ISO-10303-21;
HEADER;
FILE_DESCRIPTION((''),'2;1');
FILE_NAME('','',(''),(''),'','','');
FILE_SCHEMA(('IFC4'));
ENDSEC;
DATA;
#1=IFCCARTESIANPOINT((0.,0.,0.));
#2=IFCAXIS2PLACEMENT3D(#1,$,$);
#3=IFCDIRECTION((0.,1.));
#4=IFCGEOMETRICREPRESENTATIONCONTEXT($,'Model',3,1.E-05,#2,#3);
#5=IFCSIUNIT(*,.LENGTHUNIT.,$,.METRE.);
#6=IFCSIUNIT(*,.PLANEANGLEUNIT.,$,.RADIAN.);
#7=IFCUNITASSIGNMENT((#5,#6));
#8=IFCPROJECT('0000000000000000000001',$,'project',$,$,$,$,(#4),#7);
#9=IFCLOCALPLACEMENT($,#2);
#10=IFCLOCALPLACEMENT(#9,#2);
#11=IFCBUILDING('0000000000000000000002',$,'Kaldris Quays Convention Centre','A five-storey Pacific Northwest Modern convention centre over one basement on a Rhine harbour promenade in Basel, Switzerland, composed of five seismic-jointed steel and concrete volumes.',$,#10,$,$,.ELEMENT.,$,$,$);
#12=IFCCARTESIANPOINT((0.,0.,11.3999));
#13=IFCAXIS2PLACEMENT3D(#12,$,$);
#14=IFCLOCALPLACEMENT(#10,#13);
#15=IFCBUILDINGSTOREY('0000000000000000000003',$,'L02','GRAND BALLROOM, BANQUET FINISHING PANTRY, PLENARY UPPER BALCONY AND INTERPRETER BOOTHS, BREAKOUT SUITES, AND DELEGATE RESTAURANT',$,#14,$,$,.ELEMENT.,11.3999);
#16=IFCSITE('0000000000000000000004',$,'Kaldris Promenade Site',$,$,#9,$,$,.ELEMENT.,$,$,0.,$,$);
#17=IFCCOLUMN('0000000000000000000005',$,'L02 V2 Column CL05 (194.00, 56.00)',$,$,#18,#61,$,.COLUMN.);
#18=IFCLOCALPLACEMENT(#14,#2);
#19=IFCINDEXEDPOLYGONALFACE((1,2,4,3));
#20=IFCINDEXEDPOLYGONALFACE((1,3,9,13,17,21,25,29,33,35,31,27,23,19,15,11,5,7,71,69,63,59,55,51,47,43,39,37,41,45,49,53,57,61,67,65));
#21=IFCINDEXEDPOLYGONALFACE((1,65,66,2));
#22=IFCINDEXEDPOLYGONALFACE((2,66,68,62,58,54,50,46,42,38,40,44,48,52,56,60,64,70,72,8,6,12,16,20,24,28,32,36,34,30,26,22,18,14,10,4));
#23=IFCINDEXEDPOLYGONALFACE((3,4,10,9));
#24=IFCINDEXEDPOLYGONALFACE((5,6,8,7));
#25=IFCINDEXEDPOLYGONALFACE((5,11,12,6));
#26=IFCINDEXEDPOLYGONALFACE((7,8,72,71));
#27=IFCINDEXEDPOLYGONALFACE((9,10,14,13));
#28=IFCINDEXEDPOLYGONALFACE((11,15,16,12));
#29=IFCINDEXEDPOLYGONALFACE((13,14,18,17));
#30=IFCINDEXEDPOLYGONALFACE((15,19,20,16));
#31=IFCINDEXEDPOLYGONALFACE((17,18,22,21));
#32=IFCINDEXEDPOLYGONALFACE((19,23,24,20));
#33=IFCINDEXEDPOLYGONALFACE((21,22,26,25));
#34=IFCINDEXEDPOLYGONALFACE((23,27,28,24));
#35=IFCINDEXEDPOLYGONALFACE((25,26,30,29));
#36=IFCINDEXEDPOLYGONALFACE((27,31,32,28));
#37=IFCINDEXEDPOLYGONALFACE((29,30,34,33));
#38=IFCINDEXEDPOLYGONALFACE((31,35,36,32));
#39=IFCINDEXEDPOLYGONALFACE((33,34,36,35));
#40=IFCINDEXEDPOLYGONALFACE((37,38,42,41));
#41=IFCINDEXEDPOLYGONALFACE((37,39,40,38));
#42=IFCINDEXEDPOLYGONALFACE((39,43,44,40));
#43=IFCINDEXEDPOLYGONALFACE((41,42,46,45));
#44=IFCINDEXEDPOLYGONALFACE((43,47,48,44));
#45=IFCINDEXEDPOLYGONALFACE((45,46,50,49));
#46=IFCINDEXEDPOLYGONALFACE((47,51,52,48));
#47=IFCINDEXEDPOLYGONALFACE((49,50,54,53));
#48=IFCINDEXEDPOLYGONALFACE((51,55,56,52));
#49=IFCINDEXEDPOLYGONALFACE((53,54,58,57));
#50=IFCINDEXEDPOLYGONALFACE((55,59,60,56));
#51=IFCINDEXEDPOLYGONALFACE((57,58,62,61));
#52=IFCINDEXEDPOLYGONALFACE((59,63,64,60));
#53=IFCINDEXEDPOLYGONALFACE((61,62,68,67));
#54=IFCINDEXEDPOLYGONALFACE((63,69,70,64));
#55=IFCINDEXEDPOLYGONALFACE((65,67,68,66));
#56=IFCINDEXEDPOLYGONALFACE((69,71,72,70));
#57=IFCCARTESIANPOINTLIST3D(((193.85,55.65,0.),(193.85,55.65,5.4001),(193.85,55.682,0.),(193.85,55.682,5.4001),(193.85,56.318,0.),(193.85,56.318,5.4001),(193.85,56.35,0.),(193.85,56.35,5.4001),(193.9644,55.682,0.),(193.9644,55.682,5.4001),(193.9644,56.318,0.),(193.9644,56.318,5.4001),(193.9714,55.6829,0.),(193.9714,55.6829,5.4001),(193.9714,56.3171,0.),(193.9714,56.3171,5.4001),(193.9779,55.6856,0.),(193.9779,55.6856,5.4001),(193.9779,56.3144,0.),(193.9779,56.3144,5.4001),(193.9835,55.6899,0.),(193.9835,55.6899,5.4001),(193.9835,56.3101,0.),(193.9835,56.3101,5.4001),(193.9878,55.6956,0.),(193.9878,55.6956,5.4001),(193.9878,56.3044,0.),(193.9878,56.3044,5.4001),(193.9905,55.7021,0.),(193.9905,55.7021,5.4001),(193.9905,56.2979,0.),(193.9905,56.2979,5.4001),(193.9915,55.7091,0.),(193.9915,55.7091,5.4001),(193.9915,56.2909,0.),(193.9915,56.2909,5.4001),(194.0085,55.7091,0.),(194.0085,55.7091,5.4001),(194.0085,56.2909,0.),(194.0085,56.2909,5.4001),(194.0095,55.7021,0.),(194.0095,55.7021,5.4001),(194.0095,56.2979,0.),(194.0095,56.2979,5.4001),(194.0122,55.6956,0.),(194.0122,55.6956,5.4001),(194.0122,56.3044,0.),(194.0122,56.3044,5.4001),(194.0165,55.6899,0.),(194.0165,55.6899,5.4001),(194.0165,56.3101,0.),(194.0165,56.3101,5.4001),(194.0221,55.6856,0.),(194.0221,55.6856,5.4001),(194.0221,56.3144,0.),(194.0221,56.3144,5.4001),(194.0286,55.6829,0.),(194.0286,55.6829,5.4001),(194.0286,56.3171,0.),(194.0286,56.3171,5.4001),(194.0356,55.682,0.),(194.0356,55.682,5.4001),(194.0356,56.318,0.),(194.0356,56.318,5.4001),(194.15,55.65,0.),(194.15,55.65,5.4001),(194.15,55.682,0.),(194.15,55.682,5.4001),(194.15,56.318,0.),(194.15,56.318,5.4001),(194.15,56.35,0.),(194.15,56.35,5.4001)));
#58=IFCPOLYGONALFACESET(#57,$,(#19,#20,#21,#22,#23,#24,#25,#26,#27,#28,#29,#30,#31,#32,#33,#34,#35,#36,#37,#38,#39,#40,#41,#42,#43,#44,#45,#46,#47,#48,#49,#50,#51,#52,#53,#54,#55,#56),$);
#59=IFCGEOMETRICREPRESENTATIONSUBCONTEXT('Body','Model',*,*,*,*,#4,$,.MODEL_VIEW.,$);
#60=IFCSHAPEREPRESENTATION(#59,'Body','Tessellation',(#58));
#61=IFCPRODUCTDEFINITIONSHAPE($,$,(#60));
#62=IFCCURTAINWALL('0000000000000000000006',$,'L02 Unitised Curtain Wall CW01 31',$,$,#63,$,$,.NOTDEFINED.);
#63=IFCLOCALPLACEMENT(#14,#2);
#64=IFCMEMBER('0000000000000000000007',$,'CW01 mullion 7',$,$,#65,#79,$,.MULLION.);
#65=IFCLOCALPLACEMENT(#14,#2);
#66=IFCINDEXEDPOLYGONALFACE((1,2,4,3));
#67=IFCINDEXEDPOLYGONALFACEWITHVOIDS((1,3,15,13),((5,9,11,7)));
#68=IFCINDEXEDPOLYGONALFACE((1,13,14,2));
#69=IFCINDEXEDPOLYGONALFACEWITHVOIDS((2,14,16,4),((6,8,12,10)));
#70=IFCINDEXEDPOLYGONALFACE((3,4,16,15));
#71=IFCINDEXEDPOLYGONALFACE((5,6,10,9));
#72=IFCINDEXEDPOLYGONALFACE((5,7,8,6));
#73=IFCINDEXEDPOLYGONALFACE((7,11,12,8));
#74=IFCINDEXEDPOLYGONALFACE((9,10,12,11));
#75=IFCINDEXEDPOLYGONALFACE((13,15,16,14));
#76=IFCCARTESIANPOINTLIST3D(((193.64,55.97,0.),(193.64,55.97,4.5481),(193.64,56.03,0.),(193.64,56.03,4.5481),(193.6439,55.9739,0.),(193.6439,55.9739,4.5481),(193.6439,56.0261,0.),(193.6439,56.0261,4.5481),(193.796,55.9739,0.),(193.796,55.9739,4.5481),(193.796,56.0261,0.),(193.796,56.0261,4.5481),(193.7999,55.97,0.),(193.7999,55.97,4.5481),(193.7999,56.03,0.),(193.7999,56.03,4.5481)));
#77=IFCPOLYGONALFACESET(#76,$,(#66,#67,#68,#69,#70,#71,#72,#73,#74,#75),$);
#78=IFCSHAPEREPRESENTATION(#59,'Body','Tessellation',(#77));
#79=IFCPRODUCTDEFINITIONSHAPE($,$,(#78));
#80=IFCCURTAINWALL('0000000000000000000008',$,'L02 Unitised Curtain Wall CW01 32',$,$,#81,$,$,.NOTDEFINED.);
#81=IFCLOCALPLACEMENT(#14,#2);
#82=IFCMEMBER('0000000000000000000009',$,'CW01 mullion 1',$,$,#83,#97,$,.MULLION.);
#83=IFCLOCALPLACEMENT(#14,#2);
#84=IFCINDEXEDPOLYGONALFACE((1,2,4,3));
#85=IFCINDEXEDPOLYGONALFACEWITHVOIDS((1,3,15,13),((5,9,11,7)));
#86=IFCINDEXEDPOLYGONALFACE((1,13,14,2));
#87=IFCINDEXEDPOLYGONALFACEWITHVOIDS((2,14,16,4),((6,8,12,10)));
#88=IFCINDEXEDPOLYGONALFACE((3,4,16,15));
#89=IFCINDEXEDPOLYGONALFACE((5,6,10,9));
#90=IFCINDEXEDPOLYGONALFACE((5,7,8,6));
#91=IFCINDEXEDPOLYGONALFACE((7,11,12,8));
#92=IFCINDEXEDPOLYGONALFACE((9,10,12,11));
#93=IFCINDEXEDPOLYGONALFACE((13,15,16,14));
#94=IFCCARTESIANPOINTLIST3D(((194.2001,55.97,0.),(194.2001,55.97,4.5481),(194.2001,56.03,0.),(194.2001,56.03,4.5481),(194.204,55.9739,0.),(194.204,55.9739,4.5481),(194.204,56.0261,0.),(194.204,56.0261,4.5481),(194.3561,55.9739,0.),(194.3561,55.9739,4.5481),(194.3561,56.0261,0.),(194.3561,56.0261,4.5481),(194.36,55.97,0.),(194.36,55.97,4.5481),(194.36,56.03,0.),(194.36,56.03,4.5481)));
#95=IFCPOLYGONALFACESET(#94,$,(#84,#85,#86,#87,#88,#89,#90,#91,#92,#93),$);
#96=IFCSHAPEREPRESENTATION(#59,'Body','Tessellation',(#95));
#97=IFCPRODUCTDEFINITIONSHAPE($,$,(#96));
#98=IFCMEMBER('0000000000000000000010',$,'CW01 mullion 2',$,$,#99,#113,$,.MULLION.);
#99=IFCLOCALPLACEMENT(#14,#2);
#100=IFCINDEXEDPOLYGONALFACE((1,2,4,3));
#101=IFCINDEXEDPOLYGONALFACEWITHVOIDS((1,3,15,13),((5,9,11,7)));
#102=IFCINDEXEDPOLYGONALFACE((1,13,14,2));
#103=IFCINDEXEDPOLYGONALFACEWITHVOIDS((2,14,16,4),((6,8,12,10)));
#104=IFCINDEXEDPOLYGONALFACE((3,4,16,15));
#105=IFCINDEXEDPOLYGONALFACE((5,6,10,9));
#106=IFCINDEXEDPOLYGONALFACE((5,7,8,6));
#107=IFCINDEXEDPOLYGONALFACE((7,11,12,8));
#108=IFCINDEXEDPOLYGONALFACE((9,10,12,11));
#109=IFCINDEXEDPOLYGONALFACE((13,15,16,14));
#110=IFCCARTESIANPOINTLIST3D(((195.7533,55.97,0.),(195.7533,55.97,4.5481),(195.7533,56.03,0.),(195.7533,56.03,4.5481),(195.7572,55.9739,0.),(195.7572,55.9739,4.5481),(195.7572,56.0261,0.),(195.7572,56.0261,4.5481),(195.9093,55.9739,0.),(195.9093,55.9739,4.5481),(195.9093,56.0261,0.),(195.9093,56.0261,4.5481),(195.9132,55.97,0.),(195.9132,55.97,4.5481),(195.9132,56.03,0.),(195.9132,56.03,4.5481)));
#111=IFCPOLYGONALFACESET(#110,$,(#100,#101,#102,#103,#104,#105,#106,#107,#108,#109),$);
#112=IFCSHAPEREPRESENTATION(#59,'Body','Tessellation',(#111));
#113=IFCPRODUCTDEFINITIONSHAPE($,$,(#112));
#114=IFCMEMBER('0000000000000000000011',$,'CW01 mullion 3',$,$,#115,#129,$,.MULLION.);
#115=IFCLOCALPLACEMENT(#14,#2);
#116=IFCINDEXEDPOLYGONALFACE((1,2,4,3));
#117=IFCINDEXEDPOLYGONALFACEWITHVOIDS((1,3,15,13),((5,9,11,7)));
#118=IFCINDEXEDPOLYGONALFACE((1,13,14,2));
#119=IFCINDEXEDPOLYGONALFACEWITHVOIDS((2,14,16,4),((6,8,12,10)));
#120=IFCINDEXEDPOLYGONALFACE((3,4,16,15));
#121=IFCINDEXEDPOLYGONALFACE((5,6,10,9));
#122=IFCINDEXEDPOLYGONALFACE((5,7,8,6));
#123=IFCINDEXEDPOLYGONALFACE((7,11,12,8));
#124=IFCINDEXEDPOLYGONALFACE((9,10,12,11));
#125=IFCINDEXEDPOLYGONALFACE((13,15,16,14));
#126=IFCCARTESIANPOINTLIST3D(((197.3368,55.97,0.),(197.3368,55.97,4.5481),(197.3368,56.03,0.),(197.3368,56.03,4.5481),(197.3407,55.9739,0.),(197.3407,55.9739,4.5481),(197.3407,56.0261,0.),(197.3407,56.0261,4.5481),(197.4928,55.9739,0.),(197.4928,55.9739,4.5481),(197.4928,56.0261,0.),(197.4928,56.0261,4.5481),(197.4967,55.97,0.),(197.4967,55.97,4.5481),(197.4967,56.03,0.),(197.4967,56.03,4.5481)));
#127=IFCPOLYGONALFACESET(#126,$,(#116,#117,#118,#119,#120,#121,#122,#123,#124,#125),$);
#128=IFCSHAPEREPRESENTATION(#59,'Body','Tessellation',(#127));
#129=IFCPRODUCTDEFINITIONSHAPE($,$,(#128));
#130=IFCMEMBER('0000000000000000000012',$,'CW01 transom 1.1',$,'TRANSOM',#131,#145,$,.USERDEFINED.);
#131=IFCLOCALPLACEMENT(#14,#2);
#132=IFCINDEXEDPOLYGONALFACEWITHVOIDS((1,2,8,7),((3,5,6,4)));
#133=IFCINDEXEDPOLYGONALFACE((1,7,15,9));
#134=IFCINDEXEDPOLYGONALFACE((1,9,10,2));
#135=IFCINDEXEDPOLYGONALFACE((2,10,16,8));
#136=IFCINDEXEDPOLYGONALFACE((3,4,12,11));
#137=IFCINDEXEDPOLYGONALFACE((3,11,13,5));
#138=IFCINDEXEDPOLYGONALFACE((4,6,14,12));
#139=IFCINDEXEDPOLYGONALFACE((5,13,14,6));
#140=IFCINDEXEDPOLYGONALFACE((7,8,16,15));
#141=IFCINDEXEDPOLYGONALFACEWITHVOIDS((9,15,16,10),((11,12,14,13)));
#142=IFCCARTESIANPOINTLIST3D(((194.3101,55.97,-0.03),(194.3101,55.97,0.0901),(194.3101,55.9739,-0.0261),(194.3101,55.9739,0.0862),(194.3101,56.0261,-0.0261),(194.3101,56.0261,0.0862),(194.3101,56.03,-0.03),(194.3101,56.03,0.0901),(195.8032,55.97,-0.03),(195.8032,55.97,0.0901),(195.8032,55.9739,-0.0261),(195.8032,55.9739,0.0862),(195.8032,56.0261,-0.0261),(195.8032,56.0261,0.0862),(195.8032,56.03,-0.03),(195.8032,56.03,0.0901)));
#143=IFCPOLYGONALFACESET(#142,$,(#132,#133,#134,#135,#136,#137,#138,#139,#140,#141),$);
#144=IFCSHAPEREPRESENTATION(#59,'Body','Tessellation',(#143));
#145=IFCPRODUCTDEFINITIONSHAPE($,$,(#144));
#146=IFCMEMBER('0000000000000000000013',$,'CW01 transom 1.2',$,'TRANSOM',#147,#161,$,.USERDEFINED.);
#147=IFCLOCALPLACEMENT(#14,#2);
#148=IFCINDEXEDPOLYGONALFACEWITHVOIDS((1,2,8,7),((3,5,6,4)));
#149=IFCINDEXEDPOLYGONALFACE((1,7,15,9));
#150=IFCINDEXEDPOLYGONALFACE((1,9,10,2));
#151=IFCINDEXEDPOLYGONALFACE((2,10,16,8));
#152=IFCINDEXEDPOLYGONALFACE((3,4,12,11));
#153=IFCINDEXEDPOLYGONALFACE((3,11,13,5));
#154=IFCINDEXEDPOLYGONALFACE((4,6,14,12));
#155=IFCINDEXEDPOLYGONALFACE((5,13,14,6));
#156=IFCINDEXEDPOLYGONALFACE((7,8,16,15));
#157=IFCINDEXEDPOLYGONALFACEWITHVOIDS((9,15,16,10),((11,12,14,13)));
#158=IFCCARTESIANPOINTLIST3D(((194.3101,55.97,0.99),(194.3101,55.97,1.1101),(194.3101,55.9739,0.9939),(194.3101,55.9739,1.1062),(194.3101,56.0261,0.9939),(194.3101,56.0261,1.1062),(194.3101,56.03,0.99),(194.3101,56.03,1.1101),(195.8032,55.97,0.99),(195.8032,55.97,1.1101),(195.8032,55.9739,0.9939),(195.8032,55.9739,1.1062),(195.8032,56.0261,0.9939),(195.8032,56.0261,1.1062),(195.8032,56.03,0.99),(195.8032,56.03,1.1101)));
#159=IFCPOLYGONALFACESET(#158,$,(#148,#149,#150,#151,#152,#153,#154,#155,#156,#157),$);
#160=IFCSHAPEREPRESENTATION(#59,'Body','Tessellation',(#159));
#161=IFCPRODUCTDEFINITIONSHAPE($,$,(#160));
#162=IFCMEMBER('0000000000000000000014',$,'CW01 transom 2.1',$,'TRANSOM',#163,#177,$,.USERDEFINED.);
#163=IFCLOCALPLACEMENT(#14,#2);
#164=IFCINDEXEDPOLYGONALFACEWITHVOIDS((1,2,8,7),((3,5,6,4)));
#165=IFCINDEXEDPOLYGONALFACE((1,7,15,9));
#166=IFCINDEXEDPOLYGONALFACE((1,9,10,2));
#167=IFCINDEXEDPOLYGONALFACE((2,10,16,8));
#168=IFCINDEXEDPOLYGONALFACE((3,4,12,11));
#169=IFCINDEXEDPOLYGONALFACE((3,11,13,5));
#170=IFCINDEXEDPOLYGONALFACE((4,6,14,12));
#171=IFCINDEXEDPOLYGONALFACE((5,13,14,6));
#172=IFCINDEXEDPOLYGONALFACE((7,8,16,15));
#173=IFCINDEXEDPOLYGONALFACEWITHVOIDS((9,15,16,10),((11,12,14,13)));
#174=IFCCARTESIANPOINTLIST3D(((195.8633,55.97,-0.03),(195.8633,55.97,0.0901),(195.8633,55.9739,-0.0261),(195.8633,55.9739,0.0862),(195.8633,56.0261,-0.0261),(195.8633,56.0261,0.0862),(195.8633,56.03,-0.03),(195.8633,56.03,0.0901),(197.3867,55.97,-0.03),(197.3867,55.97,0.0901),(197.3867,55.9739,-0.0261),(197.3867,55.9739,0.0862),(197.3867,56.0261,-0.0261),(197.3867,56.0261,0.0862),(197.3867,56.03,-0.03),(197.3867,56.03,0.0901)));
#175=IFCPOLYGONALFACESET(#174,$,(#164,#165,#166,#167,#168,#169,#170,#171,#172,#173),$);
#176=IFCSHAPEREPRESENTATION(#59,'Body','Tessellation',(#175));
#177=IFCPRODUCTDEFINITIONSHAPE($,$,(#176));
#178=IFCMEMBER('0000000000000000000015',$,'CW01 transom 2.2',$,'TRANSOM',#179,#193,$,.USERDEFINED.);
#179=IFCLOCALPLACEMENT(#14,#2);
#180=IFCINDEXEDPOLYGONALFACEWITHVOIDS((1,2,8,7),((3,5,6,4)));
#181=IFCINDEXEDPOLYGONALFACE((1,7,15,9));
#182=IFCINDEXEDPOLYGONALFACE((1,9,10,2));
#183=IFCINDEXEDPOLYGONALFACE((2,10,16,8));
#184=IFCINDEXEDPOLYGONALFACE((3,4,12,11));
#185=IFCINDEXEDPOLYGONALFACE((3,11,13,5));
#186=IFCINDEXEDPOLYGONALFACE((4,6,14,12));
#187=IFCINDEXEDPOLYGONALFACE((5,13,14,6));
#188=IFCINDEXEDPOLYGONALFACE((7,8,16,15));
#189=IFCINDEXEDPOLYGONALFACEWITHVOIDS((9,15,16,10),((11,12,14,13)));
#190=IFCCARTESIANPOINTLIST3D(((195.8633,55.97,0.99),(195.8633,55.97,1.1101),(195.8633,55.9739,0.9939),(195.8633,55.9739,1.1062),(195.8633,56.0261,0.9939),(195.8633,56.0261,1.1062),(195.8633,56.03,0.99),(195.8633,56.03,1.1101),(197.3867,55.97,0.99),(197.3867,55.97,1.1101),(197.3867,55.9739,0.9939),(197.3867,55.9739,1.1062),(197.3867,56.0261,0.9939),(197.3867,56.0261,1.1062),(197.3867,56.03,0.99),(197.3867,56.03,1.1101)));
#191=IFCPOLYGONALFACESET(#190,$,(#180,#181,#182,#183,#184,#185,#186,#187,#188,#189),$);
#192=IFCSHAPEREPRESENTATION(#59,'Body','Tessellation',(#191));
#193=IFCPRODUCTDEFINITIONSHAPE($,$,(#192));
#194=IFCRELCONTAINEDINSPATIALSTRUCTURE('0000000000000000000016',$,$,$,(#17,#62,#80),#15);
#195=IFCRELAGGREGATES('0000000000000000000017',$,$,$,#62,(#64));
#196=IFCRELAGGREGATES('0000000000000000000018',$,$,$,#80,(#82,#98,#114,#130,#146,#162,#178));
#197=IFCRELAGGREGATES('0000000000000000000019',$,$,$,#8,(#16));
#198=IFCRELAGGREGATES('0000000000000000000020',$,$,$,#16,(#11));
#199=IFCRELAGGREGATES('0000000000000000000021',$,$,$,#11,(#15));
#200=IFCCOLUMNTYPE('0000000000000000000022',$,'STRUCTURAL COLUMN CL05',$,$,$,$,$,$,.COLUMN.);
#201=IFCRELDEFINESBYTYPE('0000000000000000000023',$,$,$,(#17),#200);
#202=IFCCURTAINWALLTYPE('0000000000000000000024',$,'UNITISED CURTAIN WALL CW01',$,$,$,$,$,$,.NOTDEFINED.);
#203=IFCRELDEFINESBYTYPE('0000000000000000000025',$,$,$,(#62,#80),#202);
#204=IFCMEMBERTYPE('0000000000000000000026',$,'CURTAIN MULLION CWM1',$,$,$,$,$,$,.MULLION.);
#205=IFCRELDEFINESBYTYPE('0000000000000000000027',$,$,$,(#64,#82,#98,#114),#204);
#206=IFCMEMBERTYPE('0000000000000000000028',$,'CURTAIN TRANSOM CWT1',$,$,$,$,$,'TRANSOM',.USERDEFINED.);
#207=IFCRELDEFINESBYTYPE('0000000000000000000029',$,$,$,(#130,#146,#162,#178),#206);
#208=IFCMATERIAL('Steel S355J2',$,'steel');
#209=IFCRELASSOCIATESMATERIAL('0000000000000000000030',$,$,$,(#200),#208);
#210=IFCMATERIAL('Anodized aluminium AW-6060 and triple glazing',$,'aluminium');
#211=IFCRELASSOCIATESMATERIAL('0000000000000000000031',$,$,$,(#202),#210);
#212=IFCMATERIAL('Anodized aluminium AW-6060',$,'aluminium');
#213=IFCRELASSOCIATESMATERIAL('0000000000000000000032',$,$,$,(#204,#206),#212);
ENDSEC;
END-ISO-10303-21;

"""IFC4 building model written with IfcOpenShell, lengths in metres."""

from ifc_helpers import new_model, si_unit, direction, frame, origin, origin_2d, place, context, subcontext, project, spatial, hollow_rectangle, i_section, extrude, material, material_profile, profile_set, type_object, element, aggregate, save


model = new_model("IFC4")

# Units and contexts
model_context = context("Model", 3, precision=1e-05, world=origin(), true_north=direction((0.0, 1.0)))
body_context = subcontext(model_context, "Body", "Model", "MODEL_VIEW")
ifc_project = project(units=[si_unit("LENGTHUNIT", "METRE"), si_unit("PLANEANGLEUNIT", "RADIAN")], contexts=[model_context])

# Site, building, storey
site_placement = place(None, origin())
site = spatial("IfcSite", under=ifc_project, at=site_placement, Name="Kaldris Promenade Site", CompositionType="ELEMENT", RefElevation=0.0)
building_placement = place(site_placement, origin())
building = spatial("IfcBuilding", under=site, at=building_placement, Name="Kaldris Quays Convention Centre", Description="A five-storey Pacific Northwest Modern convention centre over one basement on a Rhine harbour promenade in Basel, Switzerland, composed of five seismic-jointed steel and concrete volumes.", CompositionType="ELEMENT")
storey_placement = place(building_placement, frame((0.0, 0.0, 11.3999)))
storey = spatial("IfcBuildingStorey", under=building, at=storey_placement, Name="L02", Description="GRAND BALLROOM, BANQUET FINISHING PANTRY, PLENARY UPPER BALCONY AND INTERPRETER BOOTHS, BREAKOUT SUITES, AND DELEGATE RESTAURANT", CompositionType="ELEMENT", Elevation=11.3999)

# Column
ifc_material_1 = material(Name="Steel S355J2", Category="steel")
ifc_material_profile_1 = material_profile(ifc_material_1, i_section(OverallWidth=0.3, OverallDepth=0.7, WebThickness=0.0171, FlangeThickness=0.032, FilletRadius=0.0271, at=origin_2d()), Name="HEB 700")
ifc_profile_set_1 = profile_set([ifc_material_profile_1], Name="Steel S355J2")
column_type = type_object("IfcColumnType", Name="STRUCTURAL COLUMN CL05", PredefinedType="COLUMN", material=ifc_profile_set_1)
column_placement = place(storey_placement, frame((194.0, 56.0, 0.0), z_axis=(0.0, 0.0, 1.0), x_axis=(1.0, 0.0, 0.0)))
element("IfcColumn", 1, at=column_placement, inside=storey, type_object=column_type, Name="L02 V2 Column CL05 (194.00, 56.00)", PredefinedType="COLUMN", context=body_context, shape_type="SweptSolid", body=[
    extrude(i_section(OverallWidth=0.3, OverallDepth=0.7, WebThickness=0.0171, FlangeThickness=0.032, FilletRadius=0.0271, at=origin_2d()), origin(), (0.0, 0.0, 1.0), 5.4001),
])

# Curtain wall, member
ifc_material_2 = material(Name="Anodized aluminium AW-6060 and triple glazing", Category="aluminium")
curtain_wall_type = type_object("IfcCurtainWallType", Name="UNITISED CURTAIN WALL CW01", PredefinedType="NOTDEFINED", material=ifc_material_2)
curtain_wall_1_placement = place(storey_placement, origin())
curtain_wall_1 = element("IfcCurtainWall", 2, at=curtain_wall_1_placement, inside=storey, type_object=curtain_wall_type, Name="L02 Unitised Curtain Wall CW01 31", PredefinedType="NOTDEFINED")
ifc_material_3 = material(Name="Anodized aluminium AW-6060", Category="aluminium")
ifc_material_profile_2 = material_profile(ifc_material_3, hollow_rectangle(XDim=0.0601, YDim=0.1599, WallThickness=0.0039, at=origin_2d()), Name="RHS 160x60x4")
ifc_profile_set_2 = profile_set([ifc_material_profile_2], Name="Anodized aluminium AW-6060")
member_type_1 = type_object("IfcMemberType", Name="CURTAIN MULLION CWM1", PredefinedType="MULLION", material=ifc_profile_set_2)
member_1_placement = place(storey_placement, frame((193.72, 56.0, 0.0), z_axis=(0.0, 0.0, 1.0), x_axis=(0.0, 1.0, 0.0)))
member_1 = element("IfcMember", 3, at=member_1_placement, type_object=member_type_1, Name="CW01 mullion 7", PredefinedType="MULLION", context=body_context, shape_type="SweptSolid", body=[
    extrude(hollow_rectangle(XDim=0.0601, YDim=0.1599, WallThickness=0.0039, at=origin_2d()), origin(), (0.0, 0.0, 1.0), 4.5481),
])
aggregate(curtain_wall_1, [member_1])

# Curtain wall, members
curtain_wall_2_placement = place(storey_placement, origin())
curtain_wall_2 = element("IfcCurtainWall", 4, at=curtain_wall_2_placement, inside=storey, type_object=curtain_wall_type, Name="L02 Unitised Curtain Wall CW01 32", PredefinedType="NOTDEFINED")
member_2_placement = place(storey_placement, frame((194.28, 56.0, 0.0), z_axis=(0.0, 0.0, 1.0), x_axis=(0.0, 1.0, 0.0)))
member_2 = element("IfcMember", 5, at=member_2_placement, type_object=member_type_1, Name="CW01 mullion 1", PredefinedType="MULLION", context=body_context, shape_type="SweptSolid", body=[
    extrude(hollow_rectangle(XDim=0.0601, YDim=0.1599, WallThickness=0.0039, at=origin_2d()), origin(), (0.0, 0.0, 1.0), 4.5481),
])
member_3_placement = place(storey_placement, frame((195.8333, 56.0, 0.0), z_axis=(0.0, 0.0, 1.0), x_axis=(0.0, 1.0, 0.0)))
member_3 = element("IfcMember", 6, at=member_3_placement, type_object=member_type_1, Name="CW01 mullion 2", PredefinedType="MULLION", context=body_context, shape_type="SweptSolid", body=[
    extrude(hollow_rectangle(XDim=0.0601, YDim=0.1599, WallThickness=0.0039, at=origin_2d()), origin(), (0.0, 0.0, 1.0), 4.5481),
])
member_4_placement = place(storey_placement, frame((197.4167, 56.0, 0.0), z_axis=(0.0, 0.0, 1.0), x_axis=(0.0, 1.0, 0.0)))
member_4 = element("IfcMember", 7, at=member_4_placement, type_object=member_type_1, Name="CW01 mullion 3", PredefinedType="MULLION", context=body_context, shape_type="SweptSolid", body=[
    extrude(hollow_rectangle(XDim=0.0601, YDim=0.1599, WallThickness=0.0039, at=origin_2d()), origin(), (0.0, 0.0, 1.0), 4.5481),
])
ifc_material_profile_3 = material_profile(ifc_material_3, hollow_rectangle(XDim=0.0601, YDim=0.1201, WallThickness=0.0039, at=origin_2d()), Name="RHS 120x60x4")
ifc_profile_set_3 = profile_set([ifc_material_profile_3], Name="Anodized aluminium AW-6060")
member_type_2 = type_object("IfcMemberType", Name="CURTAIN TRANSOM CWT1", ElementType="TRANSOM", PredefinedType="USERDEFINED", material=ifc_profile_set_3)
member_5_placement = place(storey_placement, frame((194.3101, 56.0, 0.03), z_axis=(1.0, 0.0, 0.0), x_axis=(0.0, 1.0, 0.0)))
member_5 = element("IfcMember", 8, at=member_5_placement, type_object=member_type_2, Name="CW01 transom 1.1", ObjectType="TRANSOM", PredefinedType="USERDEFINED", context=body_context, shape_type="SweptSolid", body=[
    extrude(hollow_rectangle(XDim=0.0601, YDim=0.1201, WallThickness=0.0039, at=origin_2d()), origin(), (0.0, 0.0, 1.0), 1.4932),
])
member_6_placement = place(storey_placement, frame((194.3101, 56.0, 1.05), z_axis=(1.0, 0.0, 0.0), x_axis=(0.0, 1.0, 0.0)))
member_6 = element("IfcMember", 9, at=member_6_placement, type_object=member_type_2, Name="CW01 transom 1.2", ObjectType="TRANSOM", PredefinedType="USERDEFINED", context=body_context, shape_type="SweptSolid", body=[
    extrude(hollow_rectangle(XDim=0.0601, YDim=0.1201, WallThickness=0.0039, at=origin_2d()), origin(), (0.0, 0.0, 1.0), 1.4932),
])
member_7_placement = place(storey_placement, frame((195.8633, 56.0, 0.03), z_axis=(1.0, 0.0, 0.0), x_axis=(0.0, 1.0, 0.0)))
member_7 = element("IfcMember", 10, at=member_7_placement, type_object=member_type_2, Name="CW01 transom 2.1", ObjectType="TRANSOM", PredefinedType="USERDEFINED", context=body_context, shape_type="SweptSolid", body=[
    extrude(hollow_rectangle(XDim=0.0601, YDim=0.1201, WallThickness=0.0039, at=origin_2d()), origin(), (0.0, 0.0, 1.0), 1.5234),
])
member_8_placement = place(storey_placement, frame((195.8633, 56.0, 1.05), z_axis=(1.0, 0.0, 0.0), x_axis=(0.0, 1.0, 0.0)))
member_8 = element("IfcMember", 11, at=member_8_placement, type_object=member_type_2, Name="CW01 transom 2.2", ObjectType="TRANSOM", PredefinedType="USERDEFINED", context=body_context, shape_type="SweptSolid", body=[
    extrude(hollow_rectangle(XDim=0.0601, YDim=0.1201, WallThickness=0.0039, at=origin_2d()), origin(), (0.0, 0.0, 1.0), 1.5234),
])
aggregate(curtain_wall_2, [member_2, member_3, member_4, member_5, member_6, member_7, member_8])

save(model, "model.ifc")
